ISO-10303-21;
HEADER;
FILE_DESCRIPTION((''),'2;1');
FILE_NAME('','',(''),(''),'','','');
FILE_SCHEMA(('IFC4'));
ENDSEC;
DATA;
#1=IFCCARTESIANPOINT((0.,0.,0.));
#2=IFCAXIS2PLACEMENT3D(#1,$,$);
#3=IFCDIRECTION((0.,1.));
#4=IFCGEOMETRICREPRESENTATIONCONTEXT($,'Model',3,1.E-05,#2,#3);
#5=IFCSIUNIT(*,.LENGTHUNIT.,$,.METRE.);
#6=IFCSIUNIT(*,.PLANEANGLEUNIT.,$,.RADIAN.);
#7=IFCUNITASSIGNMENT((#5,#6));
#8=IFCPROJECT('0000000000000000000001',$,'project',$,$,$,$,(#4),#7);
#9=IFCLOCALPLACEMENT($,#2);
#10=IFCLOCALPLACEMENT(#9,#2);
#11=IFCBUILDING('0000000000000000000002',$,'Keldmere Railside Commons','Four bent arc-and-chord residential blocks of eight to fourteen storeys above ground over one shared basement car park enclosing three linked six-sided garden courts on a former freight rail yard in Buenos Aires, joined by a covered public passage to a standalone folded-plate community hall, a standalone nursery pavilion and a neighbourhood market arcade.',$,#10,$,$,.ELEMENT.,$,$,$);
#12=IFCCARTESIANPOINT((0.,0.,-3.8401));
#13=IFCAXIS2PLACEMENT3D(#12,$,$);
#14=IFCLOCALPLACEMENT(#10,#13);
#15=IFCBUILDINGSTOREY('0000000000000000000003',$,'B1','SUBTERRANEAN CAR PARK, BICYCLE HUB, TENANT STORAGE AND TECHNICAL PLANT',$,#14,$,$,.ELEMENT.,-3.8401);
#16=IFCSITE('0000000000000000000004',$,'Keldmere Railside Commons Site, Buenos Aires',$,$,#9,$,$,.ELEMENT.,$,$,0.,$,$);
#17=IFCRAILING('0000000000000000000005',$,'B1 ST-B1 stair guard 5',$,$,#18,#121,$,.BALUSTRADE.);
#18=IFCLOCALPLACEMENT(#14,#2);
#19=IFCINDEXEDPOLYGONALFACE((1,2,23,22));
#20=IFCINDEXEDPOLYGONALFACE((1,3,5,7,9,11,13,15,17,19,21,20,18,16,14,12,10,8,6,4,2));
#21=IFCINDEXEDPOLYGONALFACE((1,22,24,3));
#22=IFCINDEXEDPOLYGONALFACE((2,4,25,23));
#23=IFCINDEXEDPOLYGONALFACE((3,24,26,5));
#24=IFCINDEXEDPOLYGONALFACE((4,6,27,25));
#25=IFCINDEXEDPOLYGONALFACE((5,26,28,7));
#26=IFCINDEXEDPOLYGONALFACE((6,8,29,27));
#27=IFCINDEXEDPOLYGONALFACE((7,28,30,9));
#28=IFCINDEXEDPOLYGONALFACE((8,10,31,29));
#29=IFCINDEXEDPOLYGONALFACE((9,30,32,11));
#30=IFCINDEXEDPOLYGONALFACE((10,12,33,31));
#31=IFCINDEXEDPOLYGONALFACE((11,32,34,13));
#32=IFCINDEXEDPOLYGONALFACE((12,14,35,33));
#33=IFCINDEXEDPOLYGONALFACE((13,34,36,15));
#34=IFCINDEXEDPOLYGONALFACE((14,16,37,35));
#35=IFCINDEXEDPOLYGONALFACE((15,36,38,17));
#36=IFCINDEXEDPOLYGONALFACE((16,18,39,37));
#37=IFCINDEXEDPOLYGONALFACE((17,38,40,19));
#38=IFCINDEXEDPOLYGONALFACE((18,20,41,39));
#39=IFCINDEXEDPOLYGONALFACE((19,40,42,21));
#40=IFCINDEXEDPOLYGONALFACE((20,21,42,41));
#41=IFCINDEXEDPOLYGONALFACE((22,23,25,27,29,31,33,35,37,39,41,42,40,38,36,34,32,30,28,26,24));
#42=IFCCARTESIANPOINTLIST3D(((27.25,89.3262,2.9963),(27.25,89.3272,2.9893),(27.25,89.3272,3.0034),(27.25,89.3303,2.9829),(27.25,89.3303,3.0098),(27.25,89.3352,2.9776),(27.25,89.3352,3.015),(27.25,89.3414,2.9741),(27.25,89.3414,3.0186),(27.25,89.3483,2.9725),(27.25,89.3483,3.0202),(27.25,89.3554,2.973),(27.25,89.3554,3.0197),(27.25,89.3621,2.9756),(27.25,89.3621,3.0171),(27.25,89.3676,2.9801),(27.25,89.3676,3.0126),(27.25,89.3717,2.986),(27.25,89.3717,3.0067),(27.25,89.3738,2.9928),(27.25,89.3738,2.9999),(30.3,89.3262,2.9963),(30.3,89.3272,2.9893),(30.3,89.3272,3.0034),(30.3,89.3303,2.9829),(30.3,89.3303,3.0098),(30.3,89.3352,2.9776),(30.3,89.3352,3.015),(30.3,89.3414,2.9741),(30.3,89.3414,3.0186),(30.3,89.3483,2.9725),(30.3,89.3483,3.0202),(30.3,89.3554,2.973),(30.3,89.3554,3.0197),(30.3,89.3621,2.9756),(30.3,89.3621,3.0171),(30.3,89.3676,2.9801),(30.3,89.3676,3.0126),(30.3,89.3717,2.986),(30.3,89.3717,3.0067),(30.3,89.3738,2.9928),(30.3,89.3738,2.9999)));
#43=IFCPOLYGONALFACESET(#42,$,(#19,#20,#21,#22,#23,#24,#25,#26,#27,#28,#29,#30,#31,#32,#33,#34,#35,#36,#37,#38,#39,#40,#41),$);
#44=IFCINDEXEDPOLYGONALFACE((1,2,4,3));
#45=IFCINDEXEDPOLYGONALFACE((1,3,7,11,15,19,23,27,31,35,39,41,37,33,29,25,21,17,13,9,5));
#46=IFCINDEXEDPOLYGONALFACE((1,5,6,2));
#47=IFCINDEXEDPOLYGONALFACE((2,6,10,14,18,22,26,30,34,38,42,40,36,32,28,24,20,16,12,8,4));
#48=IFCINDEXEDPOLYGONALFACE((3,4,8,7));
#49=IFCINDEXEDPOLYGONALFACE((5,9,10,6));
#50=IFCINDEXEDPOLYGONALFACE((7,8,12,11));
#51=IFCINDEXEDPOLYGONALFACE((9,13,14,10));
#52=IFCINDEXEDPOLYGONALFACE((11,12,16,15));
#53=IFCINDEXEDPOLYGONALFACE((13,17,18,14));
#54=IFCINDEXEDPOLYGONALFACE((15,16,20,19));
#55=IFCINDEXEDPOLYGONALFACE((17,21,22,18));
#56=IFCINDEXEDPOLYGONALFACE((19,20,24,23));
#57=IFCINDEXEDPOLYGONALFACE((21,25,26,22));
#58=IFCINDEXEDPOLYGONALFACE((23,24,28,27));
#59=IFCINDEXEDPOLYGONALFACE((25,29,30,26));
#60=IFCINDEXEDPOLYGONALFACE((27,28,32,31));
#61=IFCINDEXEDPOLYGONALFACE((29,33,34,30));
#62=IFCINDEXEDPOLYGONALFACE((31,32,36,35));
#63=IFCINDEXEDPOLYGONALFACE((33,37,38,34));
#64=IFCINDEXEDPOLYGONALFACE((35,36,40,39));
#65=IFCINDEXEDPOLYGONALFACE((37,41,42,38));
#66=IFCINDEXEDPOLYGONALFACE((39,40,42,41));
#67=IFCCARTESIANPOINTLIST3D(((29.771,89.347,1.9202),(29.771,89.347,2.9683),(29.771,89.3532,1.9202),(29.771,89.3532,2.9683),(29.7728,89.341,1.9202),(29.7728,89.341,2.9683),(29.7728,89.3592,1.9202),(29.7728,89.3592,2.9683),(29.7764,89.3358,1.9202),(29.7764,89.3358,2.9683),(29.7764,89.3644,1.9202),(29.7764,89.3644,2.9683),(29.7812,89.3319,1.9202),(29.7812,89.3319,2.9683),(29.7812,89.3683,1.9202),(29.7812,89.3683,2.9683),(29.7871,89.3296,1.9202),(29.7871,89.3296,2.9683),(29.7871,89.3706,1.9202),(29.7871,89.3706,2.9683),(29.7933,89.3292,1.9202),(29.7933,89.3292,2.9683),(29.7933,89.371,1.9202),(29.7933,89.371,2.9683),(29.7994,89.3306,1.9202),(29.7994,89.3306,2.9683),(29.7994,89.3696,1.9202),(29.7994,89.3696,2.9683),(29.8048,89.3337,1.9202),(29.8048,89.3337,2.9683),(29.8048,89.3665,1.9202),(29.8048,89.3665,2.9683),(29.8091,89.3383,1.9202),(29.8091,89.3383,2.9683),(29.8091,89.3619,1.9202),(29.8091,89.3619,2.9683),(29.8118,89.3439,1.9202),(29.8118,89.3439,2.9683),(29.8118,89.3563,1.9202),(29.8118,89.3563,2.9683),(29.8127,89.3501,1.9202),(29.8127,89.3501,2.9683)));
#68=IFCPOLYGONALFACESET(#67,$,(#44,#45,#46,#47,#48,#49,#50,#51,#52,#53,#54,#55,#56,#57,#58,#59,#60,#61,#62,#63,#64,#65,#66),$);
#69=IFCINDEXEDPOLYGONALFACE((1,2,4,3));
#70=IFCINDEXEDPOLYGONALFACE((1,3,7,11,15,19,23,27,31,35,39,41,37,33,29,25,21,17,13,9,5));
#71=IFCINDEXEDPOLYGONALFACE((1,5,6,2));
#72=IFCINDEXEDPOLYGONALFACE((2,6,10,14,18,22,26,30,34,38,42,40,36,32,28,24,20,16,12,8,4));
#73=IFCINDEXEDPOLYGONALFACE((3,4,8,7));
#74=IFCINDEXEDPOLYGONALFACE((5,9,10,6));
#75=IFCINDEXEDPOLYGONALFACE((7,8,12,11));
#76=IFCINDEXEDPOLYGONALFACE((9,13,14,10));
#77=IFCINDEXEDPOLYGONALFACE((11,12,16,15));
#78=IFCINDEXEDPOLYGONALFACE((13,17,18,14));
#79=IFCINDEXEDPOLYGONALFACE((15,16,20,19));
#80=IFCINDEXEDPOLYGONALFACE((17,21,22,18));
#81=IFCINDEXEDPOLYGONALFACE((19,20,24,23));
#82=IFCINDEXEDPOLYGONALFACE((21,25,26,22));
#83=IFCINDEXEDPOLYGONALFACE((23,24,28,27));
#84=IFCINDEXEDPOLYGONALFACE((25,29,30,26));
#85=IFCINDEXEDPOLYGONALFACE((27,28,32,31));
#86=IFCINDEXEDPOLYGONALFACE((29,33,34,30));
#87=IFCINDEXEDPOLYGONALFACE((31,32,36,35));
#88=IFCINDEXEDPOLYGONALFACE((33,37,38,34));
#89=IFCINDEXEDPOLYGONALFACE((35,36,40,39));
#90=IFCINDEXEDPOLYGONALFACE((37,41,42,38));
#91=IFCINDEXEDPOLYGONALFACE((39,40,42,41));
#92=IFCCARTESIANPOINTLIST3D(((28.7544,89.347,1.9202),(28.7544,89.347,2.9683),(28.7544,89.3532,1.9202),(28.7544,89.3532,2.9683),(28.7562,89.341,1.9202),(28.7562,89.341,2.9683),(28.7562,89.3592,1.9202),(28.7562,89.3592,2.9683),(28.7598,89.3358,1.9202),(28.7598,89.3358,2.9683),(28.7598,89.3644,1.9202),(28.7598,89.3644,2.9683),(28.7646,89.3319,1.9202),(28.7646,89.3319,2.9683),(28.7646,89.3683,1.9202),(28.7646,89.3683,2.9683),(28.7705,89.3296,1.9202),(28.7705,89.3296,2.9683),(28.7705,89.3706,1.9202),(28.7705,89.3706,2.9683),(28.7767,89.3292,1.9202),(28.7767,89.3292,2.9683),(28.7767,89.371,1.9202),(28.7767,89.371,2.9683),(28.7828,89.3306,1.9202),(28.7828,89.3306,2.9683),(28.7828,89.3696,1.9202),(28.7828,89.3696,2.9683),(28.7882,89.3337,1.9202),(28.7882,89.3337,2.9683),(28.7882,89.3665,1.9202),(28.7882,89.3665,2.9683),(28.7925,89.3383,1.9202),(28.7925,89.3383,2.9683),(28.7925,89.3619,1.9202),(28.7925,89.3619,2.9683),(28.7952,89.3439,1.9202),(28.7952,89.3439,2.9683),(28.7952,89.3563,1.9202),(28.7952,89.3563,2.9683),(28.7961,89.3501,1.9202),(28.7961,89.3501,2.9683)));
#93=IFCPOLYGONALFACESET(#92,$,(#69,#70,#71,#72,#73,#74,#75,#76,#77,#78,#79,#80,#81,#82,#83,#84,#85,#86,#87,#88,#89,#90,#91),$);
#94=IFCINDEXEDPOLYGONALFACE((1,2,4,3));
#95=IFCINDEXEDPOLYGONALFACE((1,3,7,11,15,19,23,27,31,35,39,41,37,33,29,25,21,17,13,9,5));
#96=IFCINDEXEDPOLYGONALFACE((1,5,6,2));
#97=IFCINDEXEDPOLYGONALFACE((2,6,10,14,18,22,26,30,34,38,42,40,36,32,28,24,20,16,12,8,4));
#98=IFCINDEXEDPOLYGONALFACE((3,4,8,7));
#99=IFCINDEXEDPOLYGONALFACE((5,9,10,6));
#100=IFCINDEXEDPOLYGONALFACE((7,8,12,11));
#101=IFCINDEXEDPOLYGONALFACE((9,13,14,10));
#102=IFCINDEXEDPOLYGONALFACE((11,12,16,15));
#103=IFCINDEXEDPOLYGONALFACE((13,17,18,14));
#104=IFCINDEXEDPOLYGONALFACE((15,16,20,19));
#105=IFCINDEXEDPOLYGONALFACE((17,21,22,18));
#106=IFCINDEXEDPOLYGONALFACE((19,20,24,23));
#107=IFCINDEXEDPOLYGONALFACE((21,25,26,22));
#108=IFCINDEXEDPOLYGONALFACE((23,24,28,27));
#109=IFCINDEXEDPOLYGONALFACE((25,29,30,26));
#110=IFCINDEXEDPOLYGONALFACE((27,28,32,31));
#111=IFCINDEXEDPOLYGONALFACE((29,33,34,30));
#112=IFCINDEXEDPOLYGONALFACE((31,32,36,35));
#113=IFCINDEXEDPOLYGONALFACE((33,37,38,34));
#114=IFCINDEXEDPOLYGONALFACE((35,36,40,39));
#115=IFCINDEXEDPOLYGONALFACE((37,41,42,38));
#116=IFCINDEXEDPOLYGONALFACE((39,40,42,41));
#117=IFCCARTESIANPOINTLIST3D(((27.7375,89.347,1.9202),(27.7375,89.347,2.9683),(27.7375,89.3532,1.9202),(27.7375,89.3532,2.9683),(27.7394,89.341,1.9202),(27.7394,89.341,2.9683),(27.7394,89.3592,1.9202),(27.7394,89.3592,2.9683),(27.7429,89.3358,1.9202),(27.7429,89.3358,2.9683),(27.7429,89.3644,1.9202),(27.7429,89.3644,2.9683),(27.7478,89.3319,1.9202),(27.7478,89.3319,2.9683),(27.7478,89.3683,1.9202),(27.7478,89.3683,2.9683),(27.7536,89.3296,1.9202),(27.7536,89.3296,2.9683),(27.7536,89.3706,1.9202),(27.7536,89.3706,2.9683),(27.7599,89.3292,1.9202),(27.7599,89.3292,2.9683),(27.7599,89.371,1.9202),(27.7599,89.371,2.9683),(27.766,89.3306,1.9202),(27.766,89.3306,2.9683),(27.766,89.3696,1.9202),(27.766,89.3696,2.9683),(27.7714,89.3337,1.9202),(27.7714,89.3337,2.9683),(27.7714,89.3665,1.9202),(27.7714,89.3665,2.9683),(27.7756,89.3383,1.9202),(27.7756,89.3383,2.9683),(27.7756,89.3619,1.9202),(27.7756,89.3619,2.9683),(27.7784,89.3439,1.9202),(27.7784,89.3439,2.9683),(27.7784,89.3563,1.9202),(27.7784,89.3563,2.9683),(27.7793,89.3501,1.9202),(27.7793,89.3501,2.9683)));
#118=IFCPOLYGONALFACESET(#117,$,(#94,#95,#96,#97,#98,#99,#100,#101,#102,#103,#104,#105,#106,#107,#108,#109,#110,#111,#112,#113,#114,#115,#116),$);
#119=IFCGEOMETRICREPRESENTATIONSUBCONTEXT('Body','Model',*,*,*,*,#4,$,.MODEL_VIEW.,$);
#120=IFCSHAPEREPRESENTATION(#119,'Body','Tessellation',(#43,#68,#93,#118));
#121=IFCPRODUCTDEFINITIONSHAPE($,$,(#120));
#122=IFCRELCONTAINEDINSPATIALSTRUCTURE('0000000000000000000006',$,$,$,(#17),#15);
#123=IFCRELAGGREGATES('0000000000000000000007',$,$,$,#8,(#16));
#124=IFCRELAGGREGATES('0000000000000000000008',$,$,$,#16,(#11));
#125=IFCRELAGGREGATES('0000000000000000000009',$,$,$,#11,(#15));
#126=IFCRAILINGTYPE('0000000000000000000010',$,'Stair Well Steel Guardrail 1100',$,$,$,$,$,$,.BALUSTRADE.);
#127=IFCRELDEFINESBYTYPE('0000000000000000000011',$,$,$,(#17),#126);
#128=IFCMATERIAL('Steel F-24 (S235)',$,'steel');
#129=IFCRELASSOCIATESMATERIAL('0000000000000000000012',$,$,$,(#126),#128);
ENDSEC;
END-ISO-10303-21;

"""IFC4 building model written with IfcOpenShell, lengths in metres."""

from ifc_helpers import new_model, si_unit, direction, frame, origin, origin_2d, place, context, subcontext, project, spatial, circle, extrude, material, type_object, element, save


model = new_model("IFC4")

# Units and contexts
model_context = context("Model", 3, precision=1e-05, world=origin(), true_north=direction((0.0, 1.0)))
body_context = subcontext(model_context, "Body", "Model", "MODEL_VIEW")
ifc_project = project(units=[si_unit("LENGTHUNIT", "METRE"), si_unit("PLANEANGLEUNIT", "RADIAN")], contexts=[model_context])

# Site, building, storey
site_placement = place(None, origin())
site = spatial("IfcSite", under=ifc_project, at=site_placement, Name="Keldmere Railside Commons Site, Buenos Aires", CompositionType="ELEMENT", RefElevation=0.0)
building_placement = place(site_placement, origin())
building = spatial("IfcBuilding", under=site, at=building_placement, Name="Keldmere Railside Commons", Description="Four bent arc-and-chord residential blocks of eight to fourteen storeys above ground over one shared basement car park enclosing three linked six-sided garden courts on a former freight rail yard in Buenos Aires, joined by a covered public passage to a standalone folded-plate community hall, a standalone nursery pavilion and a neighbourhood market arcade.", CompositionType="ELEMENT")
storey_placement = place(building_placement, frame((0.0, 0.0, -3.8401)))
storey = spatial("IfcBuildingStorey", under=building, at=storey_placement, Name="B1", Description="SUBTERRANEAN CAR PARK, BICYCLE HUB, TENANT STORAGE AND TECHNICAL PLANT", CompositionType="ELEMENT", Elevation=-3.8401)

# Railing
ifc_material_1 = material(Name="Steel F-24 (S235)", Category="steel")
railing_type_1 = type_object("IfcRailingType", Name="Stair Well Steel Guardrail 1100", PredefinedType="BALUSTRADE", material=ifc_material_1)
railing_1_placement = place(storey_placement, frame((30.3, 89.3501, 1.9202)))
element("IfcRailing", 1, at=railing_1_placement, inside=storey, type_object=railing_type_1, Name="B1 ST-B1 stair guard 5", PredefinedType="BALUSTRADE", context=body_context, shape_type="SweptSolid", body=[
    extrude(circle(Radius=0.0239, at=origin_2d()), frame((0.0, 0.0, 1.0762), z_axis=(-1.0, 0.0, 0.0), x_axis=(0.0, -1.0, 0.0)), (0.0, 0.0, 1.0), 3.05),
    extrude(circle(Radius=0.021, at=origin_2d()), frame((-0.5083, 0.0, 0.0)), (0.0, 0.0, 1.0), 1.0481),
    extrude(circle(Radius=0.021, at=origin_2d()), frame((-1.5249, 0.0, 0.0)), (0.0, 0.0, 1.0), 1.0481),
    extrude(circle(Radius=0.021, at=origin_2d()), frame((-2.5417, 0.0, 0.0)), (0.0, 0.0, 1.0), 1.0481),
])

save(model, "model.ifc")
